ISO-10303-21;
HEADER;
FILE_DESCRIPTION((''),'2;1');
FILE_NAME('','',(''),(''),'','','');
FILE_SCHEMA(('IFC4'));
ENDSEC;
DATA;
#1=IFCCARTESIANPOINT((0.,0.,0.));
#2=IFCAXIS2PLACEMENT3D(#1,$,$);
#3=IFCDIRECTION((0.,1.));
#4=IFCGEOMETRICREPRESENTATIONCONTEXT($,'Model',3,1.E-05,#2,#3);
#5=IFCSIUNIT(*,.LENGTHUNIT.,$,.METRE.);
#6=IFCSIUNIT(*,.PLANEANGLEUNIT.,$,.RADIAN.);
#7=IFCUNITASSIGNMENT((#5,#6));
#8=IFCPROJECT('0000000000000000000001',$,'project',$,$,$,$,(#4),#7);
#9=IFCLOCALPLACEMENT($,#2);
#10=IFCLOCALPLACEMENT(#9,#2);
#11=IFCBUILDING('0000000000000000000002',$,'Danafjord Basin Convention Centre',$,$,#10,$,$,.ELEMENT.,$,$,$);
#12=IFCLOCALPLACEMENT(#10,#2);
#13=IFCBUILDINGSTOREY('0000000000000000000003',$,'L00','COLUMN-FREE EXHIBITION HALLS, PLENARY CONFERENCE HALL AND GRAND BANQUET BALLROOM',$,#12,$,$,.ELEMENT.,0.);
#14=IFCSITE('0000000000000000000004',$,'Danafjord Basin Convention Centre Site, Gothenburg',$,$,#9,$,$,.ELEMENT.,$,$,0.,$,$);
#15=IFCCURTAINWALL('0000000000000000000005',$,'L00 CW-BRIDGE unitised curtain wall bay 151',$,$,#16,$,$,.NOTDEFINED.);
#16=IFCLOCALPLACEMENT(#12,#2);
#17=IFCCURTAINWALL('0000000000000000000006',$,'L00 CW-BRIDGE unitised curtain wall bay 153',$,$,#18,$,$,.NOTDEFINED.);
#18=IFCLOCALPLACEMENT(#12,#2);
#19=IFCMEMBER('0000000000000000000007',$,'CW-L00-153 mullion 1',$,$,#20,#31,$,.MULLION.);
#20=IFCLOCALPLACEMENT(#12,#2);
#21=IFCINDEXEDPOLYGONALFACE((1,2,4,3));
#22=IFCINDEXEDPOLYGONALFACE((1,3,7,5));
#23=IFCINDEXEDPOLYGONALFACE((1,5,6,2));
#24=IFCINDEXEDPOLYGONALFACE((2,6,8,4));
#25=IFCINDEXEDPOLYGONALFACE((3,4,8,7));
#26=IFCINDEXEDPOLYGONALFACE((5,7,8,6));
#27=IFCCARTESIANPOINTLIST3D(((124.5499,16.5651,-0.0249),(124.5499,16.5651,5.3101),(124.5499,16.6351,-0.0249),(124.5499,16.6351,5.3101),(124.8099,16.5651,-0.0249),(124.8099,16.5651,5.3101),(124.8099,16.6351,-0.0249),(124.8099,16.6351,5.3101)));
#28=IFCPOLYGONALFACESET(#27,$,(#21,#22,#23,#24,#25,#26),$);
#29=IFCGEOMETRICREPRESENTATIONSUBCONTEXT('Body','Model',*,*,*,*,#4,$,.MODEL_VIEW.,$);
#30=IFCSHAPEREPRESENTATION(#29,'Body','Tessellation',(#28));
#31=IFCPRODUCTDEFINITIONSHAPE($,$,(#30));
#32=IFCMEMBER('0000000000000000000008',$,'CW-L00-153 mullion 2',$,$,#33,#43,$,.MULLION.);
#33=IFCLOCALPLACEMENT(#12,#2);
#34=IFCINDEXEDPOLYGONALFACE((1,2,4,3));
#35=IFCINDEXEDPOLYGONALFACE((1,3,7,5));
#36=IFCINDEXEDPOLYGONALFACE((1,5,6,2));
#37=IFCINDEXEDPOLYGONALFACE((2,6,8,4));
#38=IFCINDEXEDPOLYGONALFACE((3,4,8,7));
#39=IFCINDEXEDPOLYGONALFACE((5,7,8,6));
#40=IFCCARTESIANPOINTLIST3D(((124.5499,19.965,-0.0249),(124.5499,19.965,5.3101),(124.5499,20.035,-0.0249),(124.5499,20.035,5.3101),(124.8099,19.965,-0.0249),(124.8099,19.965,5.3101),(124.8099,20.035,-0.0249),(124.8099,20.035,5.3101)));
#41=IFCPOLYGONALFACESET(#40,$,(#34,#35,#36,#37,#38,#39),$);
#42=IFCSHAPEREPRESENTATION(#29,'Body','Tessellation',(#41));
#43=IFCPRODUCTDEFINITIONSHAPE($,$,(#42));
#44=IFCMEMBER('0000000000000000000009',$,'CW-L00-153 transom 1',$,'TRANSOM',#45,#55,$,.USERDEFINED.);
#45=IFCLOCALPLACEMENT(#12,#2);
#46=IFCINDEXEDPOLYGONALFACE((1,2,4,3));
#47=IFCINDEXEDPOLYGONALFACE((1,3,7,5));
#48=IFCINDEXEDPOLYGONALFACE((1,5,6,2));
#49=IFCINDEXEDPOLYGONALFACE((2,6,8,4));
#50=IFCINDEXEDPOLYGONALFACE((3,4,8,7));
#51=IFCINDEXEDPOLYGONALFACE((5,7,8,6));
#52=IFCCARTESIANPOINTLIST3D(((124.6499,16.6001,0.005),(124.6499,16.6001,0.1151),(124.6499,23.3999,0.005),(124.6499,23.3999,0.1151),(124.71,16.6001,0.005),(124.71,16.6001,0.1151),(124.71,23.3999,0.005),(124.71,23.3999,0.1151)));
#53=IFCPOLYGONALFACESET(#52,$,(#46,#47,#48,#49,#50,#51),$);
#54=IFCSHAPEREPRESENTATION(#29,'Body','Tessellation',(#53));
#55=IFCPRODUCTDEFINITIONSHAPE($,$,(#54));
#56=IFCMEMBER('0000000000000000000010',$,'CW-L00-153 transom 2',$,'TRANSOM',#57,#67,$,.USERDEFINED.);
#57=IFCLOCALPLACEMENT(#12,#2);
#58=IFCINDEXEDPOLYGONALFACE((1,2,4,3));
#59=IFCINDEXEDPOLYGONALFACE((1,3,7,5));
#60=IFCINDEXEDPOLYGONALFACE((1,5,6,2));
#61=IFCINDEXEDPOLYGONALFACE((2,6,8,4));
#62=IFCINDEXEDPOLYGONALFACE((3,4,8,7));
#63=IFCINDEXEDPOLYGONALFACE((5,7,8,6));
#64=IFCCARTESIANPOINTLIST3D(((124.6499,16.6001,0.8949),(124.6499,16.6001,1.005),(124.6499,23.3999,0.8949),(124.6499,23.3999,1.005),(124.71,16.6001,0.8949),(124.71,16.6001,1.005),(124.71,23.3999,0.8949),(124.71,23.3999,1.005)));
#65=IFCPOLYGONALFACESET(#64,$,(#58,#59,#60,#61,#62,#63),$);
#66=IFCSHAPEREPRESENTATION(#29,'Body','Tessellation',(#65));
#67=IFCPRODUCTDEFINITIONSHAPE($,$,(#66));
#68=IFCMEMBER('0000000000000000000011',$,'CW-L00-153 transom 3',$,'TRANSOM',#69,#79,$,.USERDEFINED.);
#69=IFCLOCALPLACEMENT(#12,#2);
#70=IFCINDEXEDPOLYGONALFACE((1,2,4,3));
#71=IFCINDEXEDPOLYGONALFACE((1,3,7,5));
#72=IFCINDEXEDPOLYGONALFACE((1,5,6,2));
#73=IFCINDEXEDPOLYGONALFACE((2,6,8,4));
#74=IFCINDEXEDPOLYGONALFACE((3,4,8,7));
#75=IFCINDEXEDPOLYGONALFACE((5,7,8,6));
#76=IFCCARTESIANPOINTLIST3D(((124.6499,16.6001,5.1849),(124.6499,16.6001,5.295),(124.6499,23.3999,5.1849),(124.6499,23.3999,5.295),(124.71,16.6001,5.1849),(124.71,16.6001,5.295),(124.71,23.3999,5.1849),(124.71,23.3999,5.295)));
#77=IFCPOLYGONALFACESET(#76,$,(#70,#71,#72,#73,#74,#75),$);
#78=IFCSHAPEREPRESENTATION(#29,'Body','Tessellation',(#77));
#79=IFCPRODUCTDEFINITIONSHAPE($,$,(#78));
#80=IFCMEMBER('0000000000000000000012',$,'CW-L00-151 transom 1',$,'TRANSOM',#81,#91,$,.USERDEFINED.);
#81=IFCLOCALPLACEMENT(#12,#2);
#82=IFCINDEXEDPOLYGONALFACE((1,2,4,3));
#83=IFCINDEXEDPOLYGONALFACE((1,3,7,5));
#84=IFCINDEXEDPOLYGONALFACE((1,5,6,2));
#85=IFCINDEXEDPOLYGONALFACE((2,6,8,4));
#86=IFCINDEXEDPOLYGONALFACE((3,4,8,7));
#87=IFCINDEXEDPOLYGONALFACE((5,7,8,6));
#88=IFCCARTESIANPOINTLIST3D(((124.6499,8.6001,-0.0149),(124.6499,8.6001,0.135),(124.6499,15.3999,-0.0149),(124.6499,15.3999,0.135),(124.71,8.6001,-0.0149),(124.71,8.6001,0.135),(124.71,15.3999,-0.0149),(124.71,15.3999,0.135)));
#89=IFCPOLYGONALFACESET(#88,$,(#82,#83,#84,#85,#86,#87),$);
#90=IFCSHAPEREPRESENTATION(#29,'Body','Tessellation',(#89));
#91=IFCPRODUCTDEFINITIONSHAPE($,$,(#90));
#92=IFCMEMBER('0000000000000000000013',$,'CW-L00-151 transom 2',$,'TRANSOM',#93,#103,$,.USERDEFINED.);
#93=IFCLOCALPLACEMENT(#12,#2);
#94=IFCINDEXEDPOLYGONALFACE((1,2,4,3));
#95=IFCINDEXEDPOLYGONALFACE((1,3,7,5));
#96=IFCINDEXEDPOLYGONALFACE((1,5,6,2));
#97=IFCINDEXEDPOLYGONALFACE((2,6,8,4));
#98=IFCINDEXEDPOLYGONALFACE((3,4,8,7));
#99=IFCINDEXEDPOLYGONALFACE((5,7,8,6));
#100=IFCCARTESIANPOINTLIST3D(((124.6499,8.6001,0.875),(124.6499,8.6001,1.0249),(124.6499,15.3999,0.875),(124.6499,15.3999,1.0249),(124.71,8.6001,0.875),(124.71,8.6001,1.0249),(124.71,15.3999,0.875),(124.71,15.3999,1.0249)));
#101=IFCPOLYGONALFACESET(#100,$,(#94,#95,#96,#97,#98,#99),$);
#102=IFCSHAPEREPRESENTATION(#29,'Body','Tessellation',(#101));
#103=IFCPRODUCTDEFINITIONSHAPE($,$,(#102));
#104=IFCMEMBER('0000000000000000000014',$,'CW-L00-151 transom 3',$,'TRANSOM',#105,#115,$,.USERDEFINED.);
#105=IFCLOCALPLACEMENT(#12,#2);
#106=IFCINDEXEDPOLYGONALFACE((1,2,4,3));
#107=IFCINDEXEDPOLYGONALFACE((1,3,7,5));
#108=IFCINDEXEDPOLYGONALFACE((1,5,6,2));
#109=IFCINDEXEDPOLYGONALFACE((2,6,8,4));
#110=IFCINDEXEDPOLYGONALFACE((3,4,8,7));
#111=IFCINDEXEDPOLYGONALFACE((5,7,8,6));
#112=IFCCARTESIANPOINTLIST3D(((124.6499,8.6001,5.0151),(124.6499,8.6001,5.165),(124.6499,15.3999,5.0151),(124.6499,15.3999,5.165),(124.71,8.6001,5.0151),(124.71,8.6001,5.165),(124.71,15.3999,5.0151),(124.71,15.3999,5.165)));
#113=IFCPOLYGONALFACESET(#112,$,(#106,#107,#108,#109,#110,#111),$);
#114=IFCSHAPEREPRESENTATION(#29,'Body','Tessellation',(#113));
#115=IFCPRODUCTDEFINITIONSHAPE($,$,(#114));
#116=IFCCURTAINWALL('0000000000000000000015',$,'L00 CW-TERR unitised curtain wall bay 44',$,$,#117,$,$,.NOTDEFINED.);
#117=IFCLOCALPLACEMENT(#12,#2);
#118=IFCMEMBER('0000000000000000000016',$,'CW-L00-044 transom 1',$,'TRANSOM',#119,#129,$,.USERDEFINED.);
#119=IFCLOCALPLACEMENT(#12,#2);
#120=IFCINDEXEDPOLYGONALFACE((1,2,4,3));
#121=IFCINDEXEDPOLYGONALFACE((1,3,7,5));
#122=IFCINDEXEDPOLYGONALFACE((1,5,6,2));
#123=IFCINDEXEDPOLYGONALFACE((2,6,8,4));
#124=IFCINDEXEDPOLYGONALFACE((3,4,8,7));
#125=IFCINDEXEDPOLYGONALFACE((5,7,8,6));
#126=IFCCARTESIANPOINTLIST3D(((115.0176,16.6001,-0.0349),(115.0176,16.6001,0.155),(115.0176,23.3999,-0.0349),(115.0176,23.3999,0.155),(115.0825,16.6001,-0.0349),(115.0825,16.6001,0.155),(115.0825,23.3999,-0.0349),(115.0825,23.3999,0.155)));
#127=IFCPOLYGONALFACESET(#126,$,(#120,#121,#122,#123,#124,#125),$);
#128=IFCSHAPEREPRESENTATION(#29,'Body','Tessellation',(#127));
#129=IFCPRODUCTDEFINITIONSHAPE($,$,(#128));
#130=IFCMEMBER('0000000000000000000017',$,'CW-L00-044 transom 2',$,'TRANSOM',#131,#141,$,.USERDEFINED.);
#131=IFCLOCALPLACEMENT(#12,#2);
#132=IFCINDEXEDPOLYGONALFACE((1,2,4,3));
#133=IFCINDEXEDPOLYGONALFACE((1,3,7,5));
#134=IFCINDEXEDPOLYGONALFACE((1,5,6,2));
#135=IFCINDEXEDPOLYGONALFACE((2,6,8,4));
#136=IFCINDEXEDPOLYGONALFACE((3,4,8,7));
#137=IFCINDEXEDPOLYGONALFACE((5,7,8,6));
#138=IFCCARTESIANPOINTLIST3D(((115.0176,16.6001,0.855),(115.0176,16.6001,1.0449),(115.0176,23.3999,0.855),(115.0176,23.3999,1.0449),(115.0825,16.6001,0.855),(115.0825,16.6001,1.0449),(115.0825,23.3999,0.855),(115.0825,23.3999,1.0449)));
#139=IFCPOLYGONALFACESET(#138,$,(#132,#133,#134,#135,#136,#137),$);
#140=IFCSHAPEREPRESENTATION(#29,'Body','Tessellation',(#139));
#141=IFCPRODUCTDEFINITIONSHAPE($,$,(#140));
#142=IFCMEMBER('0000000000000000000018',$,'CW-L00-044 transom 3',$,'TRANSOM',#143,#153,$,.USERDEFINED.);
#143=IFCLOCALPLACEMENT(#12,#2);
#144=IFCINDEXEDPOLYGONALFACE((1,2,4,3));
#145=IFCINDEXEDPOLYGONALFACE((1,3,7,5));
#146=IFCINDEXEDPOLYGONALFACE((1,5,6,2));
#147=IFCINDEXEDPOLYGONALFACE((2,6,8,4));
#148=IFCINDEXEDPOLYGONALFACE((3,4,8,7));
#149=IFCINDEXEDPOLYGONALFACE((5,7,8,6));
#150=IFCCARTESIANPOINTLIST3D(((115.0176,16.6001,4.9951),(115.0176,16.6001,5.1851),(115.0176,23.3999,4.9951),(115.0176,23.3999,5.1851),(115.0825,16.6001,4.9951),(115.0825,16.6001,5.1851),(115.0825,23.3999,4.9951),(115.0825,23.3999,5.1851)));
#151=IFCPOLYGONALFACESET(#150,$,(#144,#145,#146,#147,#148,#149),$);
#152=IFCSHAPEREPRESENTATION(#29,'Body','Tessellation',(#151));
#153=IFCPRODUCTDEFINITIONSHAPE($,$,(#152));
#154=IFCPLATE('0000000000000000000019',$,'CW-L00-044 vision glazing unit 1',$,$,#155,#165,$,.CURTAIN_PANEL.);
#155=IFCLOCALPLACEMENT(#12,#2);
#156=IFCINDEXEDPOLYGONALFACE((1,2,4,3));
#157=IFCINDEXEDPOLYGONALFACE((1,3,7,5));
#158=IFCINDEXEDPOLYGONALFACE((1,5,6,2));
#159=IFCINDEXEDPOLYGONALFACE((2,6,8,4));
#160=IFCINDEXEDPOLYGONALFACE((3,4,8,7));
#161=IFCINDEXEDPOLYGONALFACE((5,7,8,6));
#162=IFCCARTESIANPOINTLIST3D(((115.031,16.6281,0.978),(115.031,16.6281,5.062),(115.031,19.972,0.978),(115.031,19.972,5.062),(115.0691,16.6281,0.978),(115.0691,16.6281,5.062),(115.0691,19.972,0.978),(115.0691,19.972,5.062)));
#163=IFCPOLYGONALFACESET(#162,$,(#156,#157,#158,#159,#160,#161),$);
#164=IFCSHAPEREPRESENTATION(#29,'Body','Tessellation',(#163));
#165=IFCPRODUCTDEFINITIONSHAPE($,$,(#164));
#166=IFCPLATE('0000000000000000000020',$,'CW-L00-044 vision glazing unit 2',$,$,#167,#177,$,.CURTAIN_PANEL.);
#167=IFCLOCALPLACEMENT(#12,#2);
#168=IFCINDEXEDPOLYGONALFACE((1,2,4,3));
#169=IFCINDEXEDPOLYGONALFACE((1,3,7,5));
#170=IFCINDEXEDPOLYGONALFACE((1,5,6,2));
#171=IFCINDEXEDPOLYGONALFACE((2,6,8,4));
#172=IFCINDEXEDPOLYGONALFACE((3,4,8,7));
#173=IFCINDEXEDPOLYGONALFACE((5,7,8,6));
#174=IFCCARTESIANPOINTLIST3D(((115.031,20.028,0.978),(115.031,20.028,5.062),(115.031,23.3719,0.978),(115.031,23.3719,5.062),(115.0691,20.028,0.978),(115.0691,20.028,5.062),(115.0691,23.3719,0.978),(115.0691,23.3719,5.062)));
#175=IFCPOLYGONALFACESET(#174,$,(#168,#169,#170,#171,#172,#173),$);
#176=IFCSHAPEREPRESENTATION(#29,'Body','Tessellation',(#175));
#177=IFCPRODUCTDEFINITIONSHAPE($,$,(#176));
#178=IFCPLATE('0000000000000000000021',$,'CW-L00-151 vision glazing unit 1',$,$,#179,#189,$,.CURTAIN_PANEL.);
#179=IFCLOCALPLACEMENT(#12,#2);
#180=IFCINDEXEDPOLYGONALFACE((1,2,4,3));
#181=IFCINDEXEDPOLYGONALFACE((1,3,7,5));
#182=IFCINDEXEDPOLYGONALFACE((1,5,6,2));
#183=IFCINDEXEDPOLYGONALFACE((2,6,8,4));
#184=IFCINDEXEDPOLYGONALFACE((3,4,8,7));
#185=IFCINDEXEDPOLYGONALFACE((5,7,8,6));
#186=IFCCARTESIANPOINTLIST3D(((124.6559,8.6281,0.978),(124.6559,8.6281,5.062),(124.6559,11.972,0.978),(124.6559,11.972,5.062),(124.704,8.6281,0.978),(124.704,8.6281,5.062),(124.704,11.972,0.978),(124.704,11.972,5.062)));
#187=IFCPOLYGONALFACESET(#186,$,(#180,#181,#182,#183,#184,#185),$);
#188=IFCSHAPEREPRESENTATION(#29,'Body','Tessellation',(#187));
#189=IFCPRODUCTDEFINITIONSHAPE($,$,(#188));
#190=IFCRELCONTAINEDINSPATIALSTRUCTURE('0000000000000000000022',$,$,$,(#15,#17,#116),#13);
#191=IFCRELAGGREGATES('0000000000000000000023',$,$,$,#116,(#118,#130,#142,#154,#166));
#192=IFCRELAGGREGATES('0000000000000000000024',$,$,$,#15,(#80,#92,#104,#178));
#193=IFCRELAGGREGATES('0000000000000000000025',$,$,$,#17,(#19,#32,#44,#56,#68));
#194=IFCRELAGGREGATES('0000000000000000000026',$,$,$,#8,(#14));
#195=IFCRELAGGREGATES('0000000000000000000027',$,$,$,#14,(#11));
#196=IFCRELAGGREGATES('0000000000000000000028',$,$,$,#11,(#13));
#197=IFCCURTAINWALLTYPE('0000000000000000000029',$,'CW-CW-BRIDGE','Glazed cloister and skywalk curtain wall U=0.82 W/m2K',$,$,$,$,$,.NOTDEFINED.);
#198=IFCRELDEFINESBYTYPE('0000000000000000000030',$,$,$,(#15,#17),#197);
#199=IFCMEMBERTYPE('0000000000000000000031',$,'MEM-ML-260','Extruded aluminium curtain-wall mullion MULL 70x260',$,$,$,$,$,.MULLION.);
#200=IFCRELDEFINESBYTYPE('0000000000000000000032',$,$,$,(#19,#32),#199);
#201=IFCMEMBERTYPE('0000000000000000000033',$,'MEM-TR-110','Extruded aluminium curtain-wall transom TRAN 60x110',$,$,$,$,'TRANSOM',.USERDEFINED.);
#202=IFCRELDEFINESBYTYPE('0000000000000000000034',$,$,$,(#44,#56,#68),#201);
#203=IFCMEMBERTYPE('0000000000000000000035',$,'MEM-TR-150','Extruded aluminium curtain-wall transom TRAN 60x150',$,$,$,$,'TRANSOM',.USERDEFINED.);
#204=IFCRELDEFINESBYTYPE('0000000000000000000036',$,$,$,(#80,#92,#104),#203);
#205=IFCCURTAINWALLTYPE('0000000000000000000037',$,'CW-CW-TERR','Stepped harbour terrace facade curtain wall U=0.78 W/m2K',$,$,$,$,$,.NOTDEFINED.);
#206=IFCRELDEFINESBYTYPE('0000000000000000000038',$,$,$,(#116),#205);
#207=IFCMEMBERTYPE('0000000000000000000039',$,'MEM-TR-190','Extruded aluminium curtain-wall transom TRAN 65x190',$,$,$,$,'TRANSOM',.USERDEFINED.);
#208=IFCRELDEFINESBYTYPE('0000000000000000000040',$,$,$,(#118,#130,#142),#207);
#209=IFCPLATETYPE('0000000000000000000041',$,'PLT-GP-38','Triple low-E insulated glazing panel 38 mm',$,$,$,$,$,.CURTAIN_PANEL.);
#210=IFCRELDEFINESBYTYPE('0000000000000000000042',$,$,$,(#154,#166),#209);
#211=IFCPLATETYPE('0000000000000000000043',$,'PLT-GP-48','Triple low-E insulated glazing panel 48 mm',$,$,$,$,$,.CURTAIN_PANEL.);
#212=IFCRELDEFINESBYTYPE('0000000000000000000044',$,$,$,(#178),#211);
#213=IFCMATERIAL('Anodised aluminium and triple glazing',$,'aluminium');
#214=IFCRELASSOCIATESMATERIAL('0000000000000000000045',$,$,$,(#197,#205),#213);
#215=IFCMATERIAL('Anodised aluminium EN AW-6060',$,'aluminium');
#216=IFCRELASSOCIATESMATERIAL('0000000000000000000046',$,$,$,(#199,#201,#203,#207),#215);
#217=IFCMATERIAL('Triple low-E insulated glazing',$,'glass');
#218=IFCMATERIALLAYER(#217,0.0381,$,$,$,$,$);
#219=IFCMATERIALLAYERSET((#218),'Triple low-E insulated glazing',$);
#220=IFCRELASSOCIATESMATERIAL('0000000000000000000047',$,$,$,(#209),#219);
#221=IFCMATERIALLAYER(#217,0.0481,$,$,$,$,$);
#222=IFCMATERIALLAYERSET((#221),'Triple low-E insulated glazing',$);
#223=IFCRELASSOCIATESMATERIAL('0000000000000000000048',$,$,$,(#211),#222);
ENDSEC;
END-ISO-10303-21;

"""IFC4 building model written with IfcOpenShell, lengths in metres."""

from ifc_helpers import new_model, si_unit, direction, frame, origin, origin_2d, place, context, subcontext, project, spatial, rectangle, extrude, material, layer, layer_set, material_profile, profile_set, type_object, element, aggregate, save


model = new_model("IFC4")

# Units and contexts
model_context = context("Model", 3, precision=1e-05, world=origin(), true_north=direction((0.0, 1.0)))
body_context = subcontext(model_context, "Body", "Model", "MODEL_VIEW")
ifc_project = project(units=[si_unit("LENGTHUNIT", "METRE"), si_unit("PLANEANGLEUNIT", "RADIAN")], contexts=[model_context])

# Site, building, storey
site_placement = place(None, origin())
site = spatial("IfcSite", under=ifc_project, at=site_placement, Name="Danafjord Basin Convention Centre Site, Gothenburg", CompositionType="ELEMENT", RefElevation=0.0)
building_placement = place(site_placement, origin())
building = spatial("IfcBuilding", under=site, at=building_placement, Name="Danafjord Basin Convention Centre", CompositionType="ELEMENT")
storey_placement = place(building_placement, origin())
storey = spatial("IfcBuildingStorey", under=building, at=storey_placement, Name="L00", Description="COLUMN-FREE EXHIBITION HALLS, PLENARY CONFERENCE HALL AND GRAND BANQUET BALLROOM", CompositionType="ELEMENT", Elevation=0.0)

# Curtain walls, members
ifc_material_1 = material(Name="Anodised aluminium and triple glazing", Category="aluminium")
curtain_wall_type_1 = type_object("IfcCurtainWallType", Name="CW-CW-BRIDGE", Description="Glazed cloister and skywalk curtain wall U=0.82 W/m2K", PredefinedType="NOTDEFINED", material=ifc_material_1)
curtain_wall_1_placement = place(storey_placement, origin())
curtain_wall_1 = element("IfcCurtainWall", 1, at=curtain_wall_1_placement, inside=storey, type_object=curtain_wall_type_1, Name="L00 CW-BRIDGE unitised curtain wall bay 151", PredefinedType="NOTDEFINED")
ifc_material_2 = material(Name="Anodised aluminium EN AW-6060", Category="aluminium")
curtain_wall_2_placement = place(storey_placement, origin())
curtain_wall_2 = element("IfcCurtainWall", 2, at=curtain_wall_2_placement, inside=storey, type_object=curtain_wall_type_1, Name="L00 CW-BRIDGE unitised curtain wall bay 153", PredefinedType="NOTDEFINED")
ifc_material_profile_1 = material_profile(ifc_material_2, rectangle(XDim=0.0701, YDim=0.26, at=origin_2d()), Name="MULL 70x260")
ifc_profile_set_1 = profile_set([ifc_material_profile_1], Name="Anodised aluminium EN AW-6060")
member_type_1 = type_object("IfcMemberType", Name="MEM-ML-260", Description="Extruded aluminium curtain-wall mullion MULL 70x260", PredefinedType="MULLION", material=ifc_profile_set_1)
member_1_placement = place(storey_placement, frame((124.6799, 16.6001, -0.0249), z_axis=(0.0, 0.0, 1.0), x_axis=(0.0, 1.0, 0.0)))
member_1 = element("IfcMember", 3, at=member_1_placement, type_object=member_type_1, Name="CW-L00-153 mullion 1", PredefinedType="MULLION", context=body_context, shape_type="SweptSolid", body=[
    extrude(rectangle(XDim=0.0701, YDim=0.26, at=origin_2d()), origin(), (0.0, 0.0, 1.0), 5.335),
])
member_2_placement = place(storey_placement, frame((124.6799, 20.0, -0.0249), z_axis=(0.0, 0.0, 1.0), x_axis=(0.0, 1.0, 0.0)))
member_2 = element("IfcMember", 4, at=member_2_placement, type_object=member_type_1, Name="CW-L00-153 mullion 2", PredefinedType="MULLION", context=body_context, shape_type="SweptSolid", body=[
    extrude(rectangle(XDim=0.0701, YDim=0.26, at=origin_2d()), origin(), (0.0, 0.0, 1.0), 5.335),
])
ifc_material_profile_2 = material_profile(ifc_material_2, rectangle(XDim=0.0601, YDim=0.1101, at=origin_2d()), Name="TRAN 60x110")
ifc_profile_set_2 = profile_set([ifc_material_profile_2], Name="Anodised aluminium EN AW-6060")
member_type_2 = type_object("IfcMemberType", Name="MEM-TR-110", Description="Extruded aluminium curtain-wall transom TRAN 60x110", ElementType="TRANSOM", PredefinedType="USERDEFINED", material=ifc_profile_set_2)
member_3_placement = place(storey_placement, frame((124.6799, 16.6001, 0.0601), z_axis=(0.0, 1.0, 0.0), x_axis=(-1.0, 0.0, 0.0)))
member_3 = element("IfcMember", 5, at=member_3_placement, type_object=member_type_2, Name="CW-L00-153 transom 1", ObjectType="TRANSOM", PredefinedType="USERDEFINED", context=body_context, shape_type="SweptSolid", body=[
    extrude(rectangle(XDim=0.0601, YDim=0.1101, at=origin_2d()), origin(), (0.0, 0.0, 1.0), 6.7998),
])
member_4_placement = place(storey_placement, frame((124.6799, 16.6001, 0.95), z_axis=(0.0, 1.0, 0.0), x_axis=(-1.0, 0.0, 0.0)))
member_4 = element("IfcMember", 6, at=member_4_placement, type_object=member_type_2, Name="CW-L00-153 transom 2", ObjectType="TRANSOM", PredefinedType="USERDEFINED", context=body_context, shape_type="SweptSolid", body=[
    extrude(rectangle(XDim=0.0601, YDim=0.1101, at=origin_2d()), origin(), (0.0, 0.0, 1.0), 6.7998),
])
member_5_placement = place(storey_placement, frame((124.6799, 16.6001, 5.24), z_axis=(0.0, 1.0, 0.0), x_axis=(-1.0, 0.0, 0.0)))
member_5 = element("IfcMember", 7, at=member_5_placement, type_object=member_type_2, Name="CW-L00-153 transom 3", ObjectType="TRANSOM", PredefinedType="USERDEFINED", context=body_context, shape_type="SweptSolid", body=[
    extrude(rectangle(XDim=0.0601, YDim=0.1101, at=origin_2d()), origin(), (0.0, 0.0, 1.0), 6.7998),
])

# Members
ifc_material_profile_3 = material_profile(ifc_material_2, rectangle(XDim=0.0601, YDim=0.1499, at=origin_2d()), Name="TRAN 60x150")
ifc_profile_set_3 = profile_set([ifc_material_profile_3], Name="Anodised aluminium EN AW-6060")
member_type_3 = type_object("IfcMemberType", Name="MEM-TR-150", Description="Extruded aluminium curtain-wall transom TRAN 60x150", ElementType="TRANSOM", PredefinedType="USERDEFINED", material=ifc_profile_set_3)
member_6_placement = place(storey_placement, frame((124.6799, 8.6001, 0.0601), z_axis=(0.0, 1.0, 0.0), x_axis=(-1.0, 0.0, 0.0)))
member_6 = element("IfcMember", 8, at=member_6_placement, type_object=member_type_3, Name="CW-L00-151 transom 1", ObjectType="TRANSOM", PredefinedType="USERDEFINED", context=body_context, shape_type="SweptSolid", body=[
    extrude(rectangle(XDim=0.0601, YDim=0.1499, at=origin_2d()), origin(), (0.0, 0.0, 1.0), 6.7998),
])
member_7_placement = place(storey_placement, frame((124.6799, 8.6001, 0.95), z_axis=(0.0, 1.0, 0.0), x_axis=(-1.0, 0.0, 0.0)))
member_7 = element("IfcMember", 9, at=member_7_placement, type_object=member_type_3, Name="CW-L00-151 transom 2", ObjectType="TRANSOM", PredefinedType="USERDEFINED", context=body_context, shape_type="SweptSolid", body=[
    extrude(rectangle(XDim=0.0601, YDim=0.1499, at=origin_2d()), origin(), (0.0, 0.0, 1.0), 6.7998),
])
member_8_placement = place(storey_placement, frame((124.6799, 8.6001, 5.0901), z_axis=(0.0, 1.0, 0.0), x_axis=(-1.0, 0.0, 0.0)))
member_8 = element("IfcMember", 10, at=member_8_placement, type_object=member_type_3, Name="CW-L00-151 transom 3", ObjectType="TRANSOM", PredefinedType="USERDEFINED", context=body_context, shape_type="SweptSolid", body=[
    extrude(rectangle(XDim=0.0601, YDim=0.1499, at=origin_2d()), origin(), (0.0, 0.0, 1.0), 6.7998),
])

# Curtain wall, members, plates
curtain_wall_type_2 = type_object("IfcCurtainWallType", Name="CW-CW-TERR", Description="Stepped harbour terrace facade curtain wall U=0.78 W/m2K", PredefinedType="NOTDEFINED", material=ifc_material_1)
curtain_wall_3_placement = place(storey_placement, origin())
curtain_wall_3 = element("IfcCurtainWall", 11, at=curtain_wall_3_placement, inside=storey, type_object=curtain_wall_type_2, Name="L00 CW-TERR unitised curtain wall bay 44", PredefinedType="NOTDEFINED")
ifc_material_profile_4 = material_profile(ifc_material_2, rectangle(XDim=0.0649, YDim=0.1899, at=origin_2d()), Name="TRAN 65x190")
ifc_profile_set_4 = profile_set([ifc_material_profile_4], Name="Anodised aluminium EN AW-6060")
member_type_4 = type_object("IfcMemberType", Name="MEM-TR-190", Description="Extruded aluminium curtain-wall transom TRAN 65x190", ElementType="TRANSOM", PredefinedType="USERDEFINED", material=ifc_profile_set_4)
member_9_placement = place(storey_placement, frame((115.05, 16.6001, 0.0601), z_axis=(0.0, 1.0, 0.0), x_axis=(-1.0, 0.0, 0.0)))
member_9 = element("IfcMember", 12, at=member_9_placement, type_object=member_type_4, Name="CW-L00-044 transom 1", ObjectType="TRANSOM", PredefinedType="USERDEFINED", context=body_context, shape_type="SweptSolid", body=[
    extrude(rectangle(XDim=0.0649, YDim=0.1899, at=origin_2d()), origin(), (0.0, 0.0, 1.0), 6.7998),
])
member_10_placement = place(storey_placement, frame((115.05, 16.6001, 0.95), z_axis=(0.0, 1.0, 0.0), x_axis=(-1.0, 0.0, 0.0)))
member_10 = element("IfcMember", 13, at=member_10_placement, type_object=member_type_4, Name="CW-L00-044 transom 2", ObjectType="TRANSOM", PredefinedType="USERDEFINED", context=body_context, shape_type="SweptSolid", body=[
    extrude(rectangle(XDim=0.0649, YDim=0.1899, at=origin_2d()), origin(), (0.0, 0.0, 1.0), 6.7998),
])
member_11_placement = place(storey_placement, frame((115.05, 16.6001, 5.0901), z_axis=(0.0, 1.0, 0.0), x_axis=(-1.0, 0.0, 0.0)))
member_11 = element("IfcMember", 14, at=member_11_placement, type_object=member_type_4, Name="CW-L00-044 transom 3", ObjectType="TRANSOM", PredefinedType="USERDEFINED", context=body_context, shape_type="SweptSolid", body=[
    extrude(rectangle(XDim=0.0649, YDim=0.1899, at=origin_2d()), origin(), (0.0, 0.0, 1.0), 6.7998),
])
ifc_material_3 = material(Name="Triple low-E insulated glazing", Category="glass")
ifc_layer_1 = layer(ifc_material_3, 0.0381)
ifc_layer_set_1 = layer_set([ifc_layer_1], Name="Triple low-E insulated glazing")
plate_type_1 = type_object("IfcPlateType", Name="PLT-GP-38", Description="Triple low-E insulated glazing panel 38 mm", PredefinedType="CURTAIN_PANEL", material=ifc_layer_set_1)
plate_1_placement = place(storey_placement, frame((115.05, 18.3, 0.978), z_axis=(0.0, 0.0, 1.0), x_axis=(0.0, 1.0, 0.0)))
plate_1 = element("IfcPlate", 15, at=plate_1_placement, type_object=plate_type_1, Name="CW-L00-044 vision glazing unit 1", PredefinedType="CURTAIN_PANEL", context=body_context, shape_type="SweptSolid", body=[
    extrude(rectangle(XDim=3.344, YDim=0.0381, at=origin_2d()), origin(), (0.0, 0.0, 1.0), 4.084),
])
plate_2_placement = place(storey_placement, frame((115.05, 21.7, 0.978), z_axis=(0.0, 0.0, 1.0), x_axis=(0.0, 1.0, 0.0)))
plate_2 = element("IfcPlate", 16, at=plate_2_placement, type_object=plate_type_1, Name="CW-L00-044 vision glazing unit 2", PredefinedType="CURTAIN_PANEL", context=body_context, shape_type="SweptSolid", body=[
    extrude(rectangle(XDim=3.344, YDim=0.0381, at=origin_2d()), origin(), (0.0, 0.0, 1.0), 4.084),
])

# Plate
ifc_layer_2 = layer(ifc_material_3, 0.0481)
ifc_layer_set_2 = layer_set([ifc_layer_2], Name="Triple low-E insulated glazing")
plate_type_2 = type_object("IfcPlateType", Name="PLT-GP-48", Description="Triple low-E insulated glazing panel 48 mm", PredefinedType="CURTAIN_PANEL", material=ifc_layer_set_2)
plate_3_placement = place(storey_placement, frame((124.6799, 10.3, 0.978), z_axis=(0.0, 0.0, 1.0), x_axis=(0.0, 1.0, 0.0)))
plate_3 = element("IfcPlate", 17, at=plate_3_placement, type_object=plate_type_2, Name="CW-L00-151 vision glazing unit 1", PredefinedType="CURTAIN_PANEL", context=body_context, shape_type="SweptSolid", body=[
    extrude(rectangle(XDim=3.344, YDim=0.0481, at=origin_2d()), origin(), (0.0, 0.0, 1.0), 4.084),
])
aggregate(curtain_wall_3, [member_9, member_10, member_11, plate_1, plate_2])
aggregate(curtain_wall_1, [member_6, member_7, member_8, plate_3])
aggregate(curtain_wall_2, [member_1, member_2, member_3, member_4, member_5])

save(model, "model.ifc")
